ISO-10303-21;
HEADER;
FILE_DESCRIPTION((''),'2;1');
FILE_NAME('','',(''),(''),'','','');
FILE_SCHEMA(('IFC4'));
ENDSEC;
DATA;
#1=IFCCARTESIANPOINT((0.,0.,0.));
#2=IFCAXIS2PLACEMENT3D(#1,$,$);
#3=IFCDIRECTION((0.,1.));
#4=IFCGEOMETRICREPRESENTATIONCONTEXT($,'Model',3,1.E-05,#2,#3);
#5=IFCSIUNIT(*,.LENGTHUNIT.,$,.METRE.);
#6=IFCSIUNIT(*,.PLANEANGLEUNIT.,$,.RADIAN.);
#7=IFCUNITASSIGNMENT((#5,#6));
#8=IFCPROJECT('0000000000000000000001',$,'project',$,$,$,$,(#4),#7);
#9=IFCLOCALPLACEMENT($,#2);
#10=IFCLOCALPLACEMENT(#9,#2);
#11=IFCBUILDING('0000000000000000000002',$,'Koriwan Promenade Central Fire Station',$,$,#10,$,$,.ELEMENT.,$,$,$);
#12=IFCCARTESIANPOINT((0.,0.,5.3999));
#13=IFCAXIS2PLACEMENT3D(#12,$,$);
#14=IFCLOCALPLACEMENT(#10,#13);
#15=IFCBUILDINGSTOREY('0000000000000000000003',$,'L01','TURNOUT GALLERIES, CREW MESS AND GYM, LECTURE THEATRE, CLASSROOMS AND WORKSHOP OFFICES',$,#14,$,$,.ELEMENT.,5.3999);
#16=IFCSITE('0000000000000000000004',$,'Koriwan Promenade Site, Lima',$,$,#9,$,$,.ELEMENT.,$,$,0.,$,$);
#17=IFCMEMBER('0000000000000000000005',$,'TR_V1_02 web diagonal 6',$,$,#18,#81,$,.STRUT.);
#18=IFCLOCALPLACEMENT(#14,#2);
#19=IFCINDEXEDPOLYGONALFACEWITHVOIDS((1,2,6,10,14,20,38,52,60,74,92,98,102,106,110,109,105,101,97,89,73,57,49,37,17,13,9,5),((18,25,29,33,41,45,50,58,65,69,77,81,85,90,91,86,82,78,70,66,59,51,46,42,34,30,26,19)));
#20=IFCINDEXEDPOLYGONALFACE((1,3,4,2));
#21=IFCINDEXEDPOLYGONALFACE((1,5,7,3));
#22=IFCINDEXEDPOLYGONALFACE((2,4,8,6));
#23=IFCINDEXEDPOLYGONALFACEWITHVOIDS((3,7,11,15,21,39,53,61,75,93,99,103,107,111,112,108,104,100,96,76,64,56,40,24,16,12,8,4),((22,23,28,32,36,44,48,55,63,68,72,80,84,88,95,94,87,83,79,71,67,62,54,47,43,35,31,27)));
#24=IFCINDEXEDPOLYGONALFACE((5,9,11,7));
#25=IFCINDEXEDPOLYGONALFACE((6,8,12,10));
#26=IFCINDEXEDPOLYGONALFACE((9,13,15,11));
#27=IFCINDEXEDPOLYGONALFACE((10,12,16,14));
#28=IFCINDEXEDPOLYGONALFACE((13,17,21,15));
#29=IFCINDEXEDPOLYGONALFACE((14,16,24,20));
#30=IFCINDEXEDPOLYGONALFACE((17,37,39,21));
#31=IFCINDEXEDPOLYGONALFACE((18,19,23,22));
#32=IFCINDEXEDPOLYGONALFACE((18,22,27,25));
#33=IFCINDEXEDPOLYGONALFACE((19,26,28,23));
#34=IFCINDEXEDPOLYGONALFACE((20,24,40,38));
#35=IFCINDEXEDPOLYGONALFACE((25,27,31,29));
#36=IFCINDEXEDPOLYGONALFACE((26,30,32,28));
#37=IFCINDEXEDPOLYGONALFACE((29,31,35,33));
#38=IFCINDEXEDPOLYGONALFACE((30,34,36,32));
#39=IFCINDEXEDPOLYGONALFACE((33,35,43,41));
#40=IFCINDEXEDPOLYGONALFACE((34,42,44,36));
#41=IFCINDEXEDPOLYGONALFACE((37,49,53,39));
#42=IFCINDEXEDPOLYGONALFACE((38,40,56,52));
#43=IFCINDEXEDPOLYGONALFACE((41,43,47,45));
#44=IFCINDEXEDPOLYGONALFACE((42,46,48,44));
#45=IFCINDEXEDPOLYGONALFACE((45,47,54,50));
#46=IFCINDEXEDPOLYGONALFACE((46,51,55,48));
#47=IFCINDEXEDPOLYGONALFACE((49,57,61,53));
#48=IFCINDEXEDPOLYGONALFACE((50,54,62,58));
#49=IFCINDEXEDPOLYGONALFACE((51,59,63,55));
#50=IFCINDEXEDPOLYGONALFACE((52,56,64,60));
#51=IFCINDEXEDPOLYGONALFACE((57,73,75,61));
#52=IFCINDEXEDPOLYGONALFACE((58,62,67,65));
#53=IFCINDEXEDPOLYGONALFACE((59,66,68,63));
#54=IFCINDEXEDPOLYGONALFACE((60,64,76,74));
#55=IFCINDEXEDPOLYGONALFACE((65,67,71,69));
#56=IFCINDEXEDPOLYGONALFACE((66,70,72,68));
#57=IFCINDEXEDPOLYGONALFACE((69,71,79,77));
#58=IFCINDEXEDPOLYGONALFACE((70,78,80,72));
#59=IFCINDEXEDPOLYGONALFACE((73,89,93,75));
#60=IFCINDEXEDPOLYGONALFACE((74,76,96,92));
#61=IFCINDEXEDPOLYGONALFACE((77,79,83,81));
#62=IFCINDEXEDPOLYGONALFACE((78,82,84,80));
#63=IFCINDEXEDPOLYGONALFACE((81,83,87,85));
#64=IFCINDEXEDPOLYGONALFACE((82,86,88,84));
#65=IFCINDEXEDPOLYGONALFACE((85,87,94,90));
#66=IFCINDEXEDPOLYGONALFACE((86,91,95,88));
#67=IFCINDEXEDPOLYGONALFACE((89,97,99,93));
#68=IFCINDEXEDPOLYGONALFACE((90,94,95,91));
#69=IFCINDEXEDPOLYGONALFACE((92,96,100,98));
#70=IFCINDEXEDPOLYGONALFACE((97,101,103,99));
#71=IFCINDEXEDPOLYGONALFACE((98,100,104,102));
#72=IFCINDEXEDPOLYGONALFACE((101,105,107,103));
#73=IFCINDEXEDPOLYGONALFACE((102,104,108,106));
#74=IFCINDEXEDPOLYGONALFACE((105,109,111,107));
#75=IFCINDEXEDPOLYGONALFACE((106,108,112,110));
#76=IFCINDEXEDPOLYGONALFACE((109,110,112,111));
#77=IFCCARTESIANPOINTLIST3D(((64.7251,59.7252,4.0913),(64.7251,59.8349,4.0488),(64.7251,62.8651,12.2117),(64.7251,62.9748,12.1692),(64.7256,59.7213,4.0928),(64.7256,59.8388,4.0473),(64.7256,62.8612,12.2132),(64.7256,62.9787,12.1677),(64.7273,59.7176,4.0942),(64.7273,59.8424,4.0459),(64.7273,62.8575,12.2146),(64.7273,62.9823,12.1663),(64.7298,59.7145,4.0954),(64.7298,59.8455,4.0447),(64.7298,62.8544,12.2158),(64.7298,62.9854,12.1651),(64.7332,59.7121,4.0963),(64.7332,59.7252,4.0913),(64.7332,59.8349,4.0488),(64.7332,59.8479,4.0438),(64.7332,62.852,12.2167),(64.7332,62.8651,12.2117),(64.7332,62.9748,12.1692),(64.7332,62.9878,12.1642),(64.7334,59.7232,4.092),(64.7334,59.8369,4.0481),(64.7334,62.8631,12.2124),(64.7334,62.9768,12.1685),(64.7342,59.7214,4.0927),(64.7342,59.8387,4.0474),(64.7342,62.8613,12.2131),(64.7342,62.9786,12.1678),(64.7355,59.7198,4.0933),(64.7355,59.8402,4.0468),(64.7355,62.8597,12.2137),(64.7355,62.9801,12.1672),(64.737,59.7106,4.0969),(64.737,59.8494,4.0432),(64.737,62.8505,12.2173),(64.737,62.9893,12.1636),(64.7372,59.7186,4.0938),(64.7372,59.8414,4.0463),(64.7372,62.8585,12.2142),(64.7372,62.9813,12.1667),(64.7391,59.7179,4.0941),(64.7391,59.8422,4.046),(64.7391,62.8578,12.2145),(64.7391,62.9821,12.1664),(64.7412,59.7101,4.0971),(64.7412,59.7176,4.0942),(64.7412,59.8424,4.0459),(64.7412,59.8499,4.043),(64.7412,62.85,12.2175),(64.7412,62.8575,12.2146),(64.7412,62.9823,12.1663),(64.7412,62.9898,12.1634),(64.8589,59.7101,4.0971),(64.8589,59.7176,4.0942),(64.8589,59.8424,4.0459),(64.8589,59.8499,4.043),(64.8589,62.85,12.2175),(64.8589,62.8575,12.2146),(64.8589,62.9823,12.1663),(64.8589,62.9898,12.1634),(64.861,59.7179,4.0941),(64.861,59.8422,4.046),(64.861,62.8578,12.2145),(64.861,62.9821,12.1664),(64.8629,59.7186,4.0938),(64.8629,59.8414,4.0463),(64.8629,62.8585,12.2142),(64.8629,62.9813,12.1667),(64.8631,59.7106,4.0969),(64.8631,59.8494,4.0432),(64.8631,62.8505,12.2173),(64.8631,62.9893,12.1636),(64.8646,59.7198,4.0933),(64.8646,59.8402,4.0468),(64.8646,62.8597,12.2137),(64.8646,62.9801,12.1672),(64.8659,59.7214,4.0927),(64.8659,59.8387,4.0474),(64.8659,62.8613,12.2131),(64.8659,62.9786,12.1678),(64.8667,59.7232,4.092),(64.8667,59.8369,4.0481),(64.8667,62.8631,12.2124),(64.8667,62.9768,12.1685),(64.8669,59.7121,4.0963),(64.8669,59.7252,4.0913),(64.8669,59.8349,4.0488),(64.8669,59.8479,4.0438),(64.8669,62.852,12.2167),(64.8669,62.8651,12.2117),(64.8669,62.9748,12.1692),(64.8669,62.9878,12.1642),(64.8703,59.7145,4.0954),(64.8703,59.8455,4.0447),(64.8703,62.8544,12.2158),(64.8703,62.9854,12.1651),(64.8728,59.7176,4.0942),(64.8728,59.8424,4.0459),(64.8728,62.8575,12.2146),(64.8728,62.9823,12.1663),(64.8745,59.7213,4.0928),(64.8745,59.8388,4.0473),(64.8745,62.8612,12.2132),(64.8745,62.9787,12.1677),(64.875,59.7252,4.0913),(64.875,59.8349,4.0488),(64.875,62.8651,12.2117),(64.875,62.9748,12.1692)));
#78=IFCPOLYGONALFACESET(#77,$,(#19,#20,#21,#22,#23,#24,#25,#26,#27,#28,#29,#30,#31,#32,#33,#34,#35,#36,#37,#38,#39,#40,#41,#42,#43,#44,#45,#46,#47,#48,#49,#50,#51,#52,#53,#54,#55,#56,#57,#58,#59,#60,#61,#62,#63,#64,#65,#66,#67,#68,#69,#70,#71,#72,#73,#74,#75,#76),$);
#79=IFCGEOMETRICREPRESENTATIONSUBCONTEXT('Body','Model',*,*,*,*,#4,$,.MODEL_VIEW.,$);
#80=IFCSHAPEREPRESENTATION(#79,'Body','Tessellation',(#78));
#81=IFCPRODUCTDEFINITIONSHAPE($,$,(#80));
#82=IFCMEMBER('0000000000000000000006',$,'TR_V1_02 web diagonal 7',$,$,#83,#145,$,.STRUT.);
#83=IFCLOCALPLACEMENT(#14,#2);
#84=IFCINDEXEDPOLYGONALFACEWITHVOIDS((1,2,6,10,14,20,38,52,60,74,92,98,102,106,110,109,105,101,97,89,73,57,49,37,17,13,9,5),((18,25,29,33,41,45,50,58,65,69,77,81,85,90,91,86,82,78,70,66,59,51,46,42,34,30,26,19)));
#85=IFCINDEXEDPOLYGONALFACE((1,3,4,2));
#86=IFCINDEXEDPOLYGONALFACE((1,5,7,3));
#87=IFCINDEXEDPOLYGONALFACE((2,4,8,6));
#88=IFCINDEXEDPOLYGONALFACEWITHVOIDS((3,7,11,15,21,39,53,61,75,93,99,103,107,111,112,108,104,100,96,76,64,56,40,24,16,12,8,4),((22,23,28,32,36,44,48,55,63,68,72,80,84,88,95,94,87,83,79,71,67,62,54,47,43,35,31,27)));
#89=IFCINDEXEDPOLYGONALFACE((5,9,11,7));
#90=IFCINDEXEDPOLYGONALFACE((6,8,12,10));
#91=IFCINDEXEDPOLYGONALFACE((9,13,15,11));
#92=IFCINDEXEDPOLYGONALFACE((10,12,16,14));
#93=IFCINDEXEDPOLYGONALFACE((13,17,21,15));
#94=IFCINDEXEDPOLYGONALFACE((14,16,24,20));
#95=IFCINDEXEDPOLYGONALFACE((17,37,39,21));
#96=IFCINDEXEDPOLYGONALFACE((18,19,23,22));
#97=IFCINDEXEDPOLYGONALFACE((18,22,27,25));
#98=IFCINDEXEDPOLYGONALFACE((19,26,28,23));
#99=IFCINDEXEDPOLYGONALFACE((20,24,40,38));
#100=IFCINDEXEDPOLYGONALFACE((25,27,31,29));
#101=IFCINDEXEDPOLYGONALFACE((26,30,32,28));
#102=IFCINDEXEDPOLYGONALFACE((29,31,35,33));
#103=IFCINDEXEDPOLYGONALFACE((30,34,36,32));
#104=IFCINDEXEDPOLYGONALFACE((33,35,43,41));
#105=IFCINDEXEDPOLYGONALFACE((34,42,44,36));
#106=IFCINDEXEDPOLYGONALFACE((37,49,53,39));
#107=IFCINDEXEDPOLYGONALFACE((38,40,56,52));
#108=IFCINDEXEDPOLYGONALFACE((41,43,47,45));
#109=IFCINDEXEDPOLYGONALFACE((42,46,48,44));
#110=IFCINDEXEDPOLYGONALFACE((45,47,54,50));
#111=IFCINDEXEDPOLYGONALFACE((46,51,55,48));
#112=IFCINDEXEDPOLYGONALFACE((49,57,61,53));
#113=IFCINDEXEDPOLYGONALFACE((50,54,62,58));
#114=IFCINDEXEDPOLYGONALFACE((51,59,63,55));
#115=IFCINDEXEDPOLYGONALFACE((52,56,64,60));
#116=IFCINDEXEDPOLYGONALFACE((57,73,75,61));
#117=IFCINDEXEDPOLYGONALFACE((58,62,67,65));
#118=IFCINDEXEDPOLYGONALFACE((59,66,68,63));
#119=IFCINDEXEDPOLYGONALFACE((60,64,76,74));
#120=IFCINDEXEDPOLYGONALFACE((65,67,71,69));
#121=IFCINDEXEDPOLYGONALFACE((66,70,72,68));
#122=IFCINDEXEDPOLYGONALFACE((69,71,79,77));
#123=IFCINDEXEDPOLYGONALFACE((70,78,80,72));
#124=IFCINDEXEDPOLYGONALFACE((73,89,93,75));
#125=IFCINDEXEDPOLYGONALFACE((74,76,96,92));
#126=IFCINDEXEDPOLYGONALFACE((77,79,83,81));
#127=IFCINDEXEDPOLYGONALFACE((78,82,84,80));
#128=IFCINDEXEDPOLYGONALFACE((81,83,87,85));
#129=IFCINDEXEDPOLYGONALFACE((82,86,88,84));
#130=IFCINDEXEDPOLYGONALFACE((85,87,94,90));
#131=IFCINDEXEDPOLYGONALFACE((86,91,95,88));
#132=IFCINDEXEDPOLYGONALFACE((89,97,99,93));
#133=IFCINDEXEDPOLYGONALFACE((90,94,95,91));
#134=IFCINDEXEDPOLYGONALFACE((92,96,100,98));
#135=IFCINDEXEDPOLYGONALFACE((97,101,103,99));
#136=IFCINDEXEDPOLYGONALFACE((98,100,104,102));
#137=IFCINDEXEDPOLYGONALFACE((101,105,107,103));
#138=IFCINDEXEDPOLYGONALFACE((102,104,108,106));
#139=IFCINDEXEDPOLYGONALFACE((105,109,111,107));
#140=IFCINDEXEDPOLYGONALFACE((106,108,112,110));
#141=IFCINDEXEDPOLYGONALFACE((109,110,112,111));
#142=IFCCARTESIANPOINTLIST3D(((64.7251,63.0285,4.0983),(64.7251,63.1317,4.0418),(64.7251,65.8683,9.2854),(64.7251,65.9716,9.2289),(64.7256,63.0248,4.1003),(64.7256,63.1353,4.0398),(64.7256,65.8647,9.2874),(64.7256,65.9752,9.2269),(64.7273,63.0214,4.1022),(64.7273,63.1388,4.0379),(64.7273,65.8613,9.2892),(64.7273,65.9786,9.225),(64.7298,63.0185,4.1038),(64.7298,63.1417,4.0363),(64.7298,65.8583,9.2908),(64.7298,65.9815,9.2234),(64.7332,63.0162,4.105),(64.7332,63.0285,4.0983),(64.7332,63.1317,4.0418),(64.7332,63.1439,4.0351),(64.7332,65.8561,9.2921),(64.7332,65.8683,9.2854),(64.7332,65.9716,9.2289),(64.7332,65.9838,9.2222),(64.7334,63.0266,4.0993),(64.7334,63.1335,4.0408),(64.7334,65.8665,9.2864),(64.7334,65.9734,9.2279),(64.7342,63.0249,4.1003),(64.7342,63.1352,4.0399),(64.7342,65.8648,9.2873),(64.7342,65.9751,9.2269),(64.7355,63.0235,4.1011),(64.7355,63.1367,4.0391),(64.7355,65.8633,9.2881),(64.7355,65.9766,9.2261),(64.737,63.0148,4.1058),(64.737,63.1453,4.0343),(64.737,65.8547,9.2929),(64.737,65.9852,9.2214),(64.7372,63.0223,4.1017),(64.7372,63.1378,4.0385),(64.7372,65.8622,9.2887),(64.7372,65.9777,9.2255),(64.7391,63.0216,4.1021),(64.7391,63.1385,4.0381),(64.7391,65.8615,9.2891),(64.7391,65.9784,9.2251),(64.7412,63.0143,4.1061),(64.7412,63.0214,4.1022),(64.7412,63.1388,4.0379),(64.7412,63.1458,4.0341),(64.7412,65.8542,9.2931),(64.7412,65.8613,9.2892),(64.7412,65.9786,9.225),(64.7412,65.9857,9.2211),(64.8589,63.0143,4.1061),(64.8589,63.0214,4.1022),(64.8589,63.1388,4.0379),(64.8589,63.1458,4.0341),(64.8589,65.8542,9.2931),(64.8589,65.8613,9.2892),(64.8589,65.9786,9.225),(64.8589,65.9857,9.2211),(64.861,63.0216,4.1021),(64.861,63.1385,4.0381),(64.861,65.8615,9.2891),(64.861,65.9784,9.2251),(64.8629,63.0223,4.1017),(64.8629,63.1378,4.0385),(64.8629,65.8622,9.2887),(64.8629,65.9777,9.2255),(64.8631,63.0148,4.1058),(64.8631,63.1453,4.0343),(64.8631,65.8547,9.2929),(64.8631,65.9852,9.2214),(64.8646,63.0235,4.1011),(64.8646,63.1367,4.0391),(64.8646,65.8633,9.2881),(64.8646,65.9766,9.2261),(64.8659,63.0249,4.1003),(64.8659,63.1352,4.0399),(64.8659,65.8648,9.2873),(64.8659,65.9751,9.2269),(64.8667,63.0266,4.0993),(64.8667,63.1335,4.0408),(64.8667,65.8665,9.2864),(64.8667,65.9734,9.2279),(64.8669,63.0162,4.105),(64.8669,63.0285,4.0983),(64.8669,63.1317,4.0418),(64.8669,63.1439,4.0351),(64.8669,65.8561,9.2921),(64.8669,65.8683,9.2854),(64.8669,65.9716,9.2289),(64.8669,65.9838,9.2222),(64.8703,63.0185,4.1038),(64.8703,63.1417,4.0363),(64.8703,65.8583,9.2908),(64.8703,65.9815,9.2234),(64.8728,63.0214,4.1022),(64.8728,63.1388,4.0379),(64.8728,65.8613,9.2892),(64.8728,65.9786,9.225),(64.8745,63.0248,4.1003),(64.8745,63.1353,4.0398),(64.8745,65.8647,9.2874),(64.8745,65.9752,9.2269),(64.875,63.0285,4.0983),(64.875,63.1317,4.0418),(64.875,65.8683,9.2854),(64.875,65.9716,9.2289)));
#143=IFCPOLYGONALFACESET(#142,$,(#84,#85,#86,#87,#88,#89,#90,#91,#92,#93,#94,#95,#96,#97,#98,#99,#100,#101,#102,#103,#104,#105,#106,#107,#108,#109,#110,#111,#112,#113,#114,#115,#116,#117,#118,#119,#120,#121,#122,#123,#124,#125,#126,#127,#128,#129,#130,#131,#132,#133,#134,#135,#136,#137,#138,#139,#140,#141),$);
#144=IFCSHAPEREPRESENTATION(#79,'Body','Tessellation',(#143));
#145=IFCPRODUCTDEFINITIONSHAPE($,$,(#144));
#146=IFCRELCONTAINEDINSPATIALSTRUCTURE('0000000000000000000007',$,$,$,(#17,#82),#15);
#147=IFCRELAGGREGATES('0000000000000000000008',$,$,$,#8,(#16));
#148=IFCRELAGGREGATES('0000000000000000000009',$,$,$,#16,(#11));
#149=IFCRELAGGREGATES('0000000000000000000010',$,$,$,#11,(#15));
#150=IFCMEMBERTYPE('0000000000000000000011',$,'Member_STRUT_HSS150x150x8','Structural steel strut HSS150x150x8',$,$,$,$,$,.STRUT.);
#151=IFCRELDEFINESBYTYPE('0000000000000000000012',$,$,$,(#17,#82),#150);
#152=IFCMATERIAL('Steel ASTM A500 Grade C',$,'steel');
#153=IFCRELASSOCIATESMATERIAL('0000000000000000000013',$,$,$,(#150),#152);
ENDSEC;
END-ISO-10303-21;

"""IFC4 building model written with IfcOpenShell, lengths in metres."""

from ifc_helpers import new_model, si_unit, direction, frame, origin, origin_2d, place, context, subcontext, project, spatial, hollow_rectangle, extrude, material, material_profile, profile_set, type_object, element, save


model = new_model("IFC4")

# Units and contexts
model_context = context("Model", 3, precision=1e-05, world=origin(), true_north=direction((0.0, 1.0)))
body_context = subcontext(model_context, "Body", "Model", "MODEL_VIEW")
ifc_project = project(units=[si_unit("LENGTHUNIT", "METRE"), si_unit("PLANEANGLEUNIT", "RADIAN")], contexts=[model_context])

# Site, building, storey
site_placement = place(None, origin())
site = spatial("IfcSite", under=ifc_project, at=site_placement, Name="Koriwan Promenade Site, Lima", CompositionType="ELEMENT", RefElevation=0.0)
building_placement = place(site_placement, origin())
building = spatial("IfcBuilding", under=site, at=building_placement, Name="Koriwan Promenade Central Fire Station", CompositionType="ELEMENT")
storey_placement = place(building_placement, frame((0.0, 0.0, 5.3999)))
storey = spatial("IfcBuildingStorey", under=building, at=storey_placement, Name="L01", Description="TURNOUT GALLERIES, CREW MESS AND GYM, LECTURE THEATRE, CLASSROOMS AND WORKSHOP OFFICES", CompositionType="ELEMENT", Elevation=5.3999)

# Members
ifc_material_1 = material(Name="Steel ASTM A500 Grade C", Category="steel")
ifc_material_profile_1 = material_profile(ifc_material_1, hollow_rectangle(XDim=0.1499, YDim=0.1499, WallThickness=0.0081, InnerFilletRadius=0.0081, OuterFilletRadius=0.0161, at=origin_2d()), Name="HSS150x150x8")
ifc_profile_set_1 = profile_set([ifc_material_profile_1], Name="Steel ASTM A500 Grade C")
member_type_1 = type_object("IfcMemberType", Name="Member_STRUT_HSS150x150x8", Description="Structural steel strut HSS150x150x8", PredefinedType="STRUT", material=ifc_profile_set_1)
member_1_placement = place(storey_placement, frame((64.8, 59.78, 4.0701), z_axis=(0.0, 0.360647, 0.932702), x_axis=(-1.0, 0.0, 0.0)))
element("IfcMember", 1, at=member_1_placement, inside=storey, type_object=member_type_1, Name="TR_V1_02 web diagonal 6", PredefinedType="STRUT", context=body_context, shape_type="SweptSolid", body=[
    extrude(hollow_rectangle(XDim=0.1499, YDim=0.1499, WallThickness=0.0081, InnerFilletRadius=0.0081, OuterFilletRadius=0.0161, at=origin_2d()), origin(), (0.0, 0.0, 1.0), 8.7063),
])
member_2_placement = place(storey_placement, frame((64.8, 63.0801, 4.0701), z_axis=(0.0, 0.480228, 0.877143), x_axis=(-1.0, 0.0, 0.0)))
element("IfcMember", 2, at=member_2_placement, inside=storey, type_object=member_type_1, Name="TR_V1_02 web diagonal 7", PredefinedType="STRUT", context=body_context, shape_type="SweptSolid", body=[
    extrude(hollow_rectangle(XDim=0.1499, YDim=0.1499, WallThickness=0.0081, InnerFilletRadius=0.0081, OuterFilletRadius=0.0161, at=origin_2d()), origin(), (0.0, 0.0, 1.0), 5.9136),
])

save(model, "model.ifc")
